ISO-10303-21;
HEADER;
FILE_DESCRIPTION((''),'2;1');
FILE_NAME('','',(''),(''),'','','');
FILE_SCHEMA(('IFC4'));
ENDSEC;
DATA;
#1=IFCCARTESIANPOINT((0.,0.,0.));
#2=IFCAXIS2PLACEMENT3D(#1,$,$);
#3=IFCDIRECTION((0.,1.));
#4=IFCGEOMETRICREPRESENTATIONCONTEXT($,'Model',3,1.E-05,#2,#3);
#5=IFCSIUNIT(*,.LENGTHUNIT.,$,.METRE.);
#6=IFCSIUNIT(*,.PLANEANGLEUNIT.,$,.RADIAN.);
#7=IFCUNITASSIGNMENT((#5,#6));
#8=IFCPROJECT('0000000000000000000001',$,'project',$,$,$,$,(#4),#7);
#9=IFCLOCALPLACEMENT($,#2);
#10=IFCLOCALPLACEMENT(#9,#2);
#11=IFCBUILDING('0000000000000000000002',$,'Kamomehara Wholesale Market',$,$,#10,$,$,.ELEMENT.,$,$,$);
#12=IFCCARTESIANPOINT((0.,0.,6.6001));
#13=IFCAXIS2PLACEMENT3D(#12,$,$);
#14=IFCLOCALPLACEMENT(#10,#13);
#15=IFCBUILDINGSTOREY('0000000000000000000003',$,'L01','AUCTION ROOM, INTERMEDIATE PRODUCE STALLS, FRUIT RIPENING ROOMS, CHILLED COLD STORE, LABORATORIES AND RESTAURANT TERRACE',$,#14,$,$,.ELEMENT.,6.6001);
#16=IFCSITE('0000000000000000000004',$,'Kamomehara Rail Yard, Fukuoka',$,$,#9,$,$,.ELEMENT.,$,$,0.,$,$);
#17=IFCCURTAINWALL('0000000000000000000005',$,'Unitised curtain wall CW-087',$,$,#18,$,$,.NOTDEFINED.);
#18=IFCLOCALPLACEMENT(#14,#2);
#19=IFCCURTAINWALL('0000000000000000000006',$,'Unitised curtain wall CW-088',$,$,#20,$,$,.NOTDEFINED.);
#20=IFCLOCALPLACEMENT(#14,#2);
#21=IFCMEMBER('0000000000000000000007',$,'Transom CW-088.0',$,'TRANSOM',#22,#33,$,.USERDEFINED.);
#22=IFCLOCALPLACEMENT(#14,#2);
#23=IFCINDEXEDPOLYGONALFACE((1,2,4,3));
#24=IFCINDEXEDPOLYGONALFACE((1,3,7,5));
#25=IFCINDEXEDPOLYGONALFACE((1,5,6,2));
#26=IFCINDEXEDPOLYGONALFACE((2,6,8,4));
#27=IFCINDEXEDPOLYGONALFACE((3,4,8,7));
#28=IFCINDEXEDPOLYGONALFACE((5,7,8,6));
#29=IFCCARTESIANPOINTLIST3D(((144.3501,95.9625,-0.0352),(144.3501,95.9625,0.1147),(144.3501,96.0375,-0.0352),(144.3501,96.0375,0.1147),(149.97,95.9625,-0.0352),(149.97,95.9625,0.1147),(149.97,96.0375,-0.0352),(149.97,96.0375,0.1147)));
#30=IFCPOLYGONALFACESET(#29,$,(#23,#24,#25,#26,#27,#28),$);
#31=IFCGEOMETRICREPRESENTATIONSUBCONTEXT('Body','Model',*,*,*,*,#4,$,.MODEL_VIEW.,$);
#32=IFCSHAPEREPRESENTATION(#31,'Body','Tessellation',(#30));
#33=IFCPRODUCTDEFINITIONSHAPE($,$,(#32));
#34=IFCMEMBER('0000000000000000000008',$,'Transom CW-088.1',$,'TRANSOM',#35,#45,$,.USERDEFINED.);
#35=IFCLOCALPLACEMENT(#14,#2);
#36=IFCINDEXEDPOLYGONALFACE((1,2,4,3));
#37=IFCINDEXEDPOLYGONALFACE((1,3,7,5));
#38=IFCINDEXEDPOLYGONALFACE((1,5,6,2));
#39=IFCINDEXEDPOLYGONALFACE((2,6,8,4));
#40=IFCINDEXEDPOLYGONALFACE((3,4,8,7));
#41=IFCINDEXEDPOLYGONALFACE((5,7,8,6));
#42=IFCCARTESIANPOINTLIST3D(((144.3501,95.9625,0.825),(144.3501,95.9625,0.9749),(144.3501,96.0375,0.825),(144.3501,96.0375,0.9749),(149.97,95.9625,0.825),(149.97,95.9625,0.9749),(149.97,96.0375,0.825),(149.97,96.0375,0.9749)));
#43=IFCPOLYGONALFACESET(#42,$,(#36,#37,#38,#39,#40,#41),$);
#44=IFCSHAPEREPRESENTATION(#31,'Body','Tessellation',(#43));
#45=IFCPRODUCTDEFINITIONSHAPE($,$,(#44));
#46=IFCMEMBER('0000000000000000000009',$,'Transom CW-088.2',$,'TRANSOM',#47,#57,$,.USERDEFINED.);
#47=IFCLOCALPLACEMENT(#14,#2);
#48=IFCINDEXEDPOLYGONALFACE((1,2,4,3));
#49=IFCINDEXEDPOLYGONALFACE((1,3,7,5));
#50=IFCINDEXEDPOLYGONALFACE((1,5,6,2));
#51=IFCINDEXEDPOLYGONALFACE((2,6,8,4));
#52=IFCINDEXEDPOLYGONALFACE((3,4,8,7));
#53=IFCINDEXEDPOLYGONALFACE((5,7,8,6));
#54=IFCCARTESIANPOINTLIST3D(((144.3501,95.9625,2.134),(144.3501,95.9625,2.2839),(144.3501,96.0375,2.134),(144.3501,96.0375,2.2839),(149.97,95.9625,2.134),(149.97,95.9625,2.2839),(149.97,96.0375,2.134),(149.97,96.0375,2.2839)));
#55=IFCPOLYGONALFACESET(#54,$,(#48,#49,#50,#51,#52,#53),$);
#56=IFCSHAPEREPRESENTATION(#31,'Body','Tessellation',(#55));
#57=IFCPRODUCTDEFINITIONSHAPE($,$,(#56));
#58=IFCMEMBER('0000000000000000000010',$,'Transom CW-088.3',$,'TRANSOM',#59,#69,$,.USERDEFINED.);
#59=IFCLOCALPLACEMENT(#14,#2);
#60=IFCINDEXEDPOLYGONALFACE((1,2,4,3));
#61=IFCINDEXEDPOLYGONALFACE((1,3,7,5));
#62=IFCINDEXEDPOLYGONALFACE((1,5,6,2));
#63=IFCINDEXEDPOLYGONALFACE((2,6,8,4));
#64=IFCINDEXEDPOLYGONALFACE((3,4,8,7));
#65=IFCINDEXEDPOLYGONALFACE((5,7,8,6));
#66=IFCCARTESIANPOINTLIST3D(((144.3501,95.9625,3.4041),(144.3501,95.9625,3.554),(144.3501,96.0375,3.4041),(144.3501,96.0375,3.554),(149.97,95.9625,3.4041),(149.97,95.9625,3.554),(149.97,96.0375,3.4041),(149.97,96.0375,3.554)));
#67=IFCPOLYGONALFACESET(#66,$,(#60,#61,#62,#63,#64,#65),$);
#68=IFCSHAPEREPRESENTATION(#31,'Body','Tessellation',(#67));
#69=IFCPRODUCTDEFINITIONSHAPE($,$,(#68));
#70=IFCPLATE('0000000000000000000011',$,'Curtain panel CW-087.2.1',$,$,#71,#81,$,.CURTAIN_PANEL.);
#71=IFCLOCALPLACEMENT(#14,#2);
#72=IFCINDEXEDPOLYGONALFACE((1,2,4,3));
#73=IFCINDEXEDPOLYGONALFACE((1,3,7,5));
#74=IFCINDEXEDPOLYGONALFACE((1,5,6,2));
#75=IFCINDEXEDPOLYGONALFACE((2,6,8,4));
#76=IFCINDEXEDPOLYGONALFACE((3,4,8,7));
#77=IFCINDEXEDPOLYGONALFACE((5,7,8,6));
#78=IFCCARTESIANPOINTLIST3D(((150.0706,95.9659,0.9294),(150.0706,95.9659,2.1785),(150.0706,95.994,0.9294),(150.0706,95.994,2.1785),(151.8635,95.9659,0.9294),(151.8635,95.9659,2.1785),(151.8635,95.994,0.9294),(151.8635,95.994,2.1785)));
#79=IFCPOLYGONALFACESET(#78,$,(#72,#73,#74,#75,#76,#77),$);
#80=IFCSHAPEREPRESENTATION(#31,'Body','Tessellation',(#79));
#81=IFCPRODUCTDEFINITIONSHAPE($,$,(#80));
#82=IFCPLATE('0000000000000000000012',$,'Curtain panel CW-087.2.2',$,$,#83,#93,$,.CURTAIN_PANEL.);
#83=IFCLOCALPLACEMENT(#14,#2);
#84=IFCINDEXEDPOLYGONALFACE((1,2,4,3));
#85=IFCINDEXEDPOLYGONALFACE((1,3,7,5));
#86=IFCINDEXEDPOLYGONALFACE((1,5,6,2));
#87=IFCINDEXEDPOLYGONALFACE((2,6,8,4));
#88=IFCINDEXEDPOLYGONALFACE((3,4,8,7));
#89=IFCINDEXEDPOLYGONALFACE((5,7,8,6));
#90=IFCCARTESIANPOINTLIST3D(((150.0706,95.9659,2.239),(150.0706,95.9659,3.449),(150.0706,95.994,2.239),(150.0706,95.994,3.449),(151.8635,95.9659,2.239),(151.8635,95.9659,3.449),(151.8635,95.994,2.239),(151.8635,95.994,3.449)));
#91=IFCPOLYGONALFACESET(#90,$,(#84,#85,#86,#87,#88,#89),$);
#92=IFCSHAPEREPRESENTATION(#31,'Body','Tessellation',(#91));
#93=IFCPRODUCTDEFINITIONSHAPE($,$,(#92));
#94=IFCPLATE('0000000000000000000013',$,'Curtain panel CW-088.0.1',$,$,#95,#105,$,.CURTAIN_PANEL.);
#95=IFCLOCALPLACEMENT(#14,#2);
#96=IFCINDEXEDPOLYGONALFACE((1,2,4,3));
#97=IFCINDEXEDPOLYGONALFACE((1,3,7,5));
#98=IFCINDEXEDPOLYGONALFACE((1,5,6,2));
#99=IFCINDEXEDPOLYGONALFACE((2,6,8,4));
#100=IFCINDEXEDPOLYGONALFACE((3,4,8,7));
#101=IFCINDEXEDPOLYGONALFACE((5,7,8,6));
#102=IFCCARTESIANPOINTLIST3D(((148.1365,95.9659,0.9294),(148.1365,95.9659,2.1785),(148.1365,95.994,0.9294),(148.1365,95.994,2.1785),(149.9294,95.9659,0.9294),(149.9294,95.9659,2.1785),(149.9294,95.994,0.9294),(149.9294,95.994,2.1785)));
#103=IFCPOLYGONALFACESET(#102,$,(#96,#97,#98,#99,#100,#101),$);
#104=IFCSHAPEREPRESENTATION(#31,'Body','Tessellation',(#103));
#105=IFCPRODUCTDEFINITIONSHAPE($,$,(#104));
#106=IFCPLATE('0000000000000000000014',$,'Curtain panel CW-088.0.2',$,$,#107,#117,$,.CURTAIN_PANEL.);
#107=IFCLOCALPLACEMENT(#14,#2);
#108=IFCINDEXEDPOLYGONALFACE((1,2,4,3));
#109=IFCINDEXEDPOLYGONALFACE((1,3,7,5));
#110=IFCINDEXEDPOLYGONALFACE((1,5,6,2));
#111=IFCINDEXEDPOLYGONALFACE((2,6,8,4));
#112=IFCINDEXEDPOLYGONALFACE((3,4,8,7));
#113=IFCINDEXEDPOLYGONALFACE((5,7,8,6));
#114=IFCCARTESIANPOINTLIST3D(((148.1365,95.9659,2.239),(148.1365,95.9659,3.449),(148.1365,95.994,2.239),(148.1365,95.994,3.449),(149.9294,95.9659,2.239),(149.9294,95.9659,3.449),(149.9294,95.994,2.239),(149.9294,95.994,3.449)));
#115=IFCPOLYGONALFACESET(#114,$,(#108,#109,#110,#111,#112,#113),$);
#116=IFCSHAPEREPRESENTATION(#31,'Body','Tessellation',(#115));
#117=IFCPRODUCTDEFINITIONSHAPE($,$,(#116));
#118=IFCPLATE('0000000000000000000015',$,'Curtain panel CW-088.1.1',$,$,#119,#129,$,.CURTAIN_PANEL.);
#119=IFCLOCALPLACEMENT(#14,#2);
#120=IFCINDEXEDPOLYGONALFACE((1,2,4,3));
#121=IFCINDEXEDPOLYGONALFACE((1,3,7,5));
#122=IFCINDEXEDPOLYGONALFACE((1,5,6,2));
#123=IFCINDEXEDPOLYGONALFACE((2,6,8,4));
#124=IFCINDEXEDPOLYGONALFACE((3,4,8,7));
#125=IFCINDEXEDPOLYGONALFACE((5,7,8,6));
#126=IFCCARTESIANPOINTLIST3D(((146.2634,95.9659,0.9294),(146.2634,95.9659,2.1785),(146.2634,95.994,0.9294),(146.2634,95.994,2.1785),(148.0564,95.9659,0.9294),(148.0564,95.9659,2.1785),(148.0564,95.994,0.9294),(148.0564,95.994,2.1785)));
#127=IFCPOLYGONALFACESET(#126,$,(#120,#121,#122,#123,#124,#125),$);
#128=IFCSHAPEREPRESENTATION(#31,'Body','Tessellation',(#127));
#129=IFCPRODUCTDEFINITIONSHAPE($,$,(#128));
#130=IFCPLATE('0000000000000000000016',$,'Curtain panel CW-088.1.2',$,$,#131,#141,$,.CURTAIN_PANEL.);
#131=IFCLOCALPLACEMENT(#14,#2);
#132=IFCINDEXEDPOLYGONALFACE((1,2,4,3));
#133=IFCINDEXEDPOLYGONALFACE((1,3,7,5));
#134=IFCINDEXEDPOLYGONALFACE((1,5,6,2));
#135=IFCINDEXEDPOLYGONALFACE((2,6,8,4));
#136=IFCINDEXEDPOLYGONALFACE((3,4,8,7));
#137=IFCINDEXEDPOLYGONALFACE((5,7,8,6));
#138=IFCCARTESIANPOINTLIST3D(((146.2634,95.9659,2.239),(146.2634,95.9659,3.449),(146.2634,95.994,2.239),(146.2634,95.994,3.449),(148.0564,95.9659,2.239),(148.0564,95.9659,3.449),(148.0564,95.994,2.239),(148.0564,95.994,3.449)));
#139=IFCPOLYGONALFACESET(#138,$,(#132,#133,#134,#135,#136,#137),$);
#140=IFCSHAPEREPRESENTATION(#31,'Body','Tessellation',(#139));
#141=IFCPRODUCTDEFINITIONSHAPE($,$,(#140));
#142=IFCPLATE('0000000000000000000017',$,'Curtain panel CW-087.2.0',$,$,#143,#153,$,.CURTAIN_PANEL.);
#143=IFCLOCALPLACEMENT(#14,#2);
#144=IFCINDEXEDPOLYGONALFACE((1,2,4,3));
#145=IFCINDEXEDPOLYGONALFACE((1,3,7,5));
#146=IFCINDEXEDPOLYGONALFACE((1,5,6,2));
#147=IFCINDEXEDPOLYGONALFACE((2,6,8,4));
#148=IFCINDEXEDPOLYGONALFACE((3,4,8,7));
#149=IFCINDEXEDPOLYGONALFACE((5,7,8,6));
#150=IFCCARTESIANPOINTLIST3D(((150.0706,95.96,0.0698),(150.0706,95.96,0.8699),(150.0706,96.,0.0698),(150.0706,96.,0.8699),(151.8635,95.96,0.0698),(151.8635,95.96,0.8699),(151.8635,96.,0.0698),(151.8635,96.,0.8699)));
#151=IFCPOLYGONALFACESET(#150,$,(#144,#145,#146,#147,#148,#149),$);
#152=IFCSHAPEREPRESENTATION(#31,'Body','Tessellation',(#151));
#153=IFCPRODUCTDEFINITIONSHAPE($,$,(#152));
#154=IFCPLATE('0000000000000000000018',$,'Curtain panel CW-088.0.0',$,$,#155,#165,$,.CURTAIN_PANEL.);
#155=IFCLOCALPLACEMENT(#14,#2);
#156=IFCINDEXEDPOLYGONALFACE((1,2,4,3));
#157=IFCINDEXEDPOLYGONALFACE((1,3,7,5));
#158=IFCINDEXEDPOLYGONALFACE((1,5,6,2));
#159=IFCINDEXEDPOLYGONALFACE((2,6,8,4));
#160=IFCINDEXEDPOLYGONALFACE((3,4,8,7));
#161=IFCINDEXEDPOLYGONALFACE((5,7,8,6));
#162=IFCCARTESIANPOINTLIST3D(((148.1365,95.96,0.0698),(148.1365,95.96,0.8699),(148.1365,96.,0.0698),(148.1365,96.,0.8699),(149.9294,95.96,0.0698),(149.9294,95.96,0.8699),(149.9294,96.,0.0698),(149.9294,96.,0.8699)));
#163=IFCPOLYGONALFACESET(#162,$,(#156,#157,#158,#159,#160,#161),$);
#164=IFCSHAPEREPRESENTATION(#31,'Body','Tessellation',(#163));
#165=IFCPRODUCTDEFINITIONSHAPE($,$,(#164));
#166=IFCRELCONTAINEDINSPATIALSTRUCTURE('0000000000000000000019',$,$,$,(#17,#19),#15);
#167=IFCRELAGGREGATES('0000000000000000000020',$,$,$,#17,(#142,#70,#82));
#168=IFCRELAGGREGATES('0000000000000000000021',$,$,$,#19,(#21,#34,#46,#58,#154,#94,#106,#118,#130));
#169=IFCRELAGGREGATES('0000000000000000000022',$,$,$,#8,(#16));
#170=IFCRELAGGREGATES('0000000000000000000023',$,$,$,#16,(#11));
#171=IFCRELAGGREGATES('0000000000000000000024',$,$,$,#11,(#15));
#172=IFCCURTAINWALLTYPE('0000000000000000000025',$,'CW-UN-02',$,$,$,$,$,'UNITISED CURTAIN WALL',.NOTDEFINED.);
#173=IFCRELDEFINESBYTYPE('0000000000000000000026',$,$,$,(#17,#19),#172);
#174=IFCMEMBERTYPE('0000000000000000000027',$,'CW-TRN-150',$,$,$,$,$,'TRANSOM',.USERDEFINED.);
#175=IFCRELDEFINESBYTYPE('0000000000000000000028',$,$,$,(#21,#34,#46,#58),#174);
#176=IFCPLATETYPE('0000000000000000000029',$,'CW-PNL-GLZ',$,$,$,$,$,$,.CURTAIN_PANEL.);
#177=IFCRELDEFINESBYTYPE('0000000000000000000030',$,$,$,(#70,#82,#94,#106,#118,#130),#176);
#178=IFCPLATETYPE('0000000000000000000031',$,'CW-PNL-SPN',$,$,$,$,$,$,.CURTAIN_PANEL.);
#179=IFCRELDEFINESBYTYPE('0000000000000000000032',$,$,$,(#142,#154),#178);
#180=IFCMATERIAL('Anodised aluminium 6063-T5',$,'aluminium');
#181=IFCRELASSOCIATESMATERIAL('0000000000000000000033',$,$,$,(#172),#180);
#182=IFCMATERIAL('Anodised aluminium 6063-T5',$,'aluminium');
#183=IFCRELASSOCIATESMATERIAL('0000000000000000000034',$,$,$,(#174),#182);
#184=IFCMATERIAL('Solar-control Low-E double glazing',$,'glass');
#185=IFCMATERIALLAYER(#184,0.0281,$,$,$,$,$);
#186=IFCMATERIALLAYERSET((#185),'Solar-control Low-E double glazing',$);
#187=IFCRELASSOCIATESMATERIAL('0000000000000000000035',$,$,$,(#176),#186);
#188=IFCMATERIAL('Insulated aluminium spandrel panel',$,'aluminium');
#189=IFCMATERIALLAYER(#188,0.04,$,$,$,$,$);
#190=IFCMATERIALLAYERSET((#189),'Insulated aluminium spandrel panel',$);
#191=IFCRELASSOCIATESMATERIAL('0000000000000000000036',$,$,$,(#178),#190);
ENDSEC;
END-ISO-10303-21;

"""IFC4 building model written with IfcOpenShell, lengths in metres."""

from ifc_helpers import new_model, si_unit, direction, frame, origin, origin_2d, place, context, subcontext, project, spatial, rectangle, extrude, material, layer, layer_set, material_profile, profile_set, type_object, element, aggregate, save


model = new_model("IFC4")

# Units and contexts
model_context = context("Model", 3, precision=1e-05, world=origin(), true_north=direction((0.0, 1.0)))
body_context = subcontext(model_context, "Body", "Model", "MODEL_VIEW")
ifc_project = project(units=[si_unit("LENGTHUNIT", "METRE"), si_unit("PLANEANGLEUNIT", "RADIAN")], contexts=[model_context])

# Site, building, storey
site_placement = place(None, origin())
site = spatial("IfcSite", under=ifc_project, at=site_placement, Name="Kamomehara Rail Yard, Fukuoka", CompositionType="ELEMENT", RefElevation=0.0)
building_placement = place(site_placement, origin())
building = spatial("IfcBuilding", under=site, at=building_placement, Name="Kamomehara Wholesale Market", CompositionType="ELEMENT")
storey_placement = place(building_placement, frame((0.0, 0.0, 6.6001)))
storey = spatial("IfcBuildingStorey", under=building, at=storey_placement, Name="L01", Description="AUCTION ROOM, INTERMEDIATE PRODUCE STALLS, FRUIT RIPENING ROOMS, CHILLED COLD STORE, LABORATORIES AND RESTAURANT TERRACE", CompositionType="ELEMENT", Elevation=6.6001)

# Curtain walls
ifc_material_1 = material(Name="Anodised aluminium 6063-T5", Category="aluminium")
curtain_wall_type = type_object("IfcCurtainWallType", Name="CW-UN-02", ElementType="UNITISED CURTAIN WALL", PredefinedType="NOTDEFINED", material=ifc_material_1)
curtain_wall_1_placement = place(storey_placement, origin())
curtain_wall_1 = element("IfcCurtainWall", 1, at=curtain_wall_1_placement, inside=storey, type_object=curtain_wall_type, Name="Unitised curtain wall CW-087", PredefinedType="NOTDEFINED")
curtain_wall_2_placement = place(storey_placement, origin())
curtain_wall_2 = element("IfcCurtainWall", 2, at=curtain_wall_2_placement, inside=storey, type_object=curtain_wall_type, Name="Unitised curtain wall CW-088", PredefinedType="NOTDEFINED")

# Members
ifc_material_2 = material(Name="Anodised aluminium 6063-T5", Category="aluminium")
ifc_material_profile_1 = material_profile(ifc_material_2, rectangle(XDim=0.075, YDim=0.1499, at=origin_2d()), Name="ALU-TRN-75x150")
ifc_profile_set_1 = profile_set([ifc_material_profile_1], Name="Anodised aluminium 6063-T5")
member_type_1 = type_object("IfcMemberType", Name="CW-TRN-150", ElementType="TRANSOM", PredefinedType="USERDEFINED", material=ifc_profile_set_1)
member_1_placement = place(storey_placement, frame((149.97, 96.0, 0.0398), z_axis=(-1.0, 0.0, 0.0), x_axis=(0.0, -1.0, 0.0)))
member_1 = element("IfcMember", 3, at=member_1_placement, type_object=member_type_1, Name="Transom CW-088.0", ObjectType="TRANSOM", PredefinedType="USERDEFINED", context=body_context, shape_type="SweptSolid", body=[
    extrude(rectangle(XDim=0.075, YDim=0.1499, at=origin_2d()), origin(), (0.0, 0.0, 1.0), 5.6199),
])
member_2_placement = place(storey_placement, frame((149.97, 96.0, 0.8999), z_axis=(-1.0, 0.0, 0.0), x_axis=(0.0, -1.0, 0.0)))
member_2 = element("IfcMember", 4, at=member_2_placement, type_object=member_type_1, Name="Transom CW-088.1", ObjectType="TRANSOM", PredefinedType="USERDEFINED", context=body_context, shape_type="SweptSolid", body=[
    extrude(rectangle(XDim=0.075, YDim=0.1499, at=origin_2d()), origin(), (0.0, 0.0, 1.0), 5.6199),
])
member_3_placement = place(storey_placement, frame((149.97, 96.0, 2.209), z_axis=(-1.0, 0.0, 0.0), x_axis=(0.0, -1.0, 0.0)))
member_3 = element("IfcMember", 5, at=member_3_placement, type_object=member_type_1, Name="Transom CW-088.2", ObjectType="TRANSOM", PredefinedType="USERDEFINED", context=body_context, shape_type="SweptSolid", body=[
    extrude(rectangle(XDim=0.075, YDim=0.1499, at=origin_2d()), origin(), (0.0, 0.0, 1.0), 5.6199),
])
member_4_placement = place(storey_placement, frame((149.97, 96.0, 3.479), z_axis=(-1.0, 0.0, 0.0), x_axis=(0.0, -1.0, 0.0)))
member_4 = element("IfcMember", 6, at=member_4_placement, type_object=member_type_1, Name="Transom CW-088.3", ObjectType="TRANSOM", PredefinedType="USERDEFINED", context=body_context, shape_type="SweptSolid", body=[
    extrude(rectangle(XDim=0.075, YDim=0.1499, at=origin_2d()), origin(), (0.0, 0.0, 1.0), 5.6199),
])

# Plates
ifc_material_3 = material(Name="Solar-control Low-E double glazing", Category="glass")
ifc_layer_1 = layer(ifc_material_3, 0.0281)
ifc_layer_set_1 = layer_set([ifc_layer_1], Name="Solar-control Low-E double glazing")
plate_type_1 = type_object("IfcPlateType", Name="CW-PNL-GLZ", PredefinedType="CURTAIN_PANEL", material=ifc_layer_set_1)
plate_1_placement = place(storey_placement, frame((150.967, 95.98, 0.9294), z_axis=(0.0, 0.0, 1.0), x_axis=(-1.0, 0.0, 0.0)))
plate_1 = element("IfcPlate", 7, at=plate_1_placement, type_object=plate_type_1, Name="Curtain panel CW-087.2.1", PredefinedType="CURTAIN_PANEL", context=body_context, shape_type="SweptSolid", body=[
    extrude(rectangle(XDim=1.793, YDim=0.0281, at=origin_2d()), origin(), (0.0, 0.0, 1.0), 1.249),
])
plate_2_placement = place(storey_placement, frame((150.967, 95.98, 2.239), z_axis=(0.0, 0.0, 1.0), x_axis=(-1.0, 0.0, 0.0)))
plate_2 = element("IfcPlate", 8, at=plate_2_placement, type_object=plate_type_1, Name="Curtain panel CW-087.2.2", PredefinedType="CURTAIN_PANEL", context=body_context, shape_type="SweptSolid", body=[
    extrude(rectangle(XDim=1.793, YDim=0.0281, at=origin_2d()), origin(), (0.0, 0.0, 1.0), 1.21),
])
plate_3_placement = place(storey_placement, frame((149.033, 95.98, 0.9294), z_axis=(0.0, 0.0, 1.0), x_axis=(-1.0, 0.0, 0.0)))
plate_3 = element("IfcPlate", 9, at=plate_3_placement, type_object=plate_type_1, Name="Curtain panel CW-088.0.1", PredefinedType="CURTAIN_PANEL", context=body_context, shape_type="SweptSolid", body=[
    extrude(rectangle(XDim=1.793, YDim=0.0281, at=origin_2d()), origin(), (0.0, 0.0, 1.0), 1.249),
])
plate_4_placement = place(storey_placement, frame((149.033, 95.98, 2.239), z_axis=(0.0, 0.0, 1.0), x_axis=(-1.0, 0.0, 0.0)))
plate_4 = element("IfcPlate", 10, at=plate_4_placement, type_object=plate_type_1, Name="Curtain panel CW-088.0.2", PredefinedType="CURTAIN_PANEL", context=body_context, shape_type="SweptSolid", body=[
    extrude(rectangle(XDim=1.793, YDim=0.0281, at=origin_2d()), origin(), (0.0, 0.0, 1.0), 1.21),
])
plate_5_placement = place(storey_placement, frame((147.1599, 95.98, 0.9294), z_axis=(0.0, 0.0, 1.0), x_axis=(-1.0, 0.0, 0.0)))
plate_5 = element("IfcPlate", 11, at=plate_5_placement, type_object=plate_type_1, Name="Curtain panel CW-088.1.1", PredefinedType="CURTAIN_PANEL", context=body_context, shape_type="SweptSolid", body=[
    extrude(rectangle(XDim=1.793, YDim=0.0281, at=origin_2d()), origin(), (0.0, 0.0, 1.0), 1.249),
])
plate_6_placement = place(storey_placement, frame((147.1599, 95.98, 2.239), z_axis=(0.0, 0.0, 1.0), x_axis=(-1.0, 0.0, 0.0)))
plate_6 = element("IfcPlate", 12, at=plate_6_placement, type_object=plate_type_1, Name="Curtain panel CW-088.1.2", PredefinedType="CURTAIN_PANEL", context=body_context, shape_type="SweptSolid", body=[
    extrude(rectangle(XDim=1.793, YDim=0.0281, at=origin_2d()), origin(), (0.0, 0.0, 1.0), 1.21),
])
ifc_material_4 = material(Name="Insulated aluminium spandrel panel", Category="aluminium")
ifc_layer_2 = layer(ifc_material_4, 0.04)
ifc_layer_set_2 = layer_set([ifc_layer_2], Name="Insulated aluminium spandrel panel")
plate_type_2 = type_object("IfcPlateType", Name="CW-PNL-SPN", PredefinedType="CURTAIN_PANEL", material=ifc_layer_set_2)
plate_7_placement = place(storey_placement, frame((150.967, 95.98, 0.0698), z_axis=(0.0, 0.0, 1.0), x_axis=(-1.0, 0.0, 0.0)))
plate_7 = element("IfcPlate", 13, at=plate_7_placement, type_object=plate_type_2, Name="Curtain panel CW-087.2.0", PredefinedType="CURTAIN_PANEL", context=body_context, shape_type="SweptSolid", body=[
    extrude(rectangle(XDim=1.793, YDim=0.04, at=origin_2d()), origin(), (0.0, 0.0, 1.0), 0.8),
])
aggregate(curtain_wall_1, [plate_7, plate_1, plate_2])
plate_8_placement = place(storey_placement, frame((149.033, 95.98, 0.0698), z_axis=(0.0, 0.0, 1.0), x_axis=(-1.0, 0.0, 0.0)))
plate_8 = element("IfcPlate", 14, at=plate_8_placement, type_object=plate_type_2, Name="Curtain panel CW-088.0.0", PredefinedType="CURTAIN_PANEL", context=body_context, shape_type="SweptSolid", body=[
    extrude(rectangle(XDim=1.793, YDim=0.04, at=origin_2d()), origin(), (0.0, 0.0, 1.0), 0.8),
])
aggregate(curtain_wall_2, [member_1, member_2, member_3, member_4, plate_8, plate_3, plate_4, plate_5, plate_6])

save(model, "model.ifc")
